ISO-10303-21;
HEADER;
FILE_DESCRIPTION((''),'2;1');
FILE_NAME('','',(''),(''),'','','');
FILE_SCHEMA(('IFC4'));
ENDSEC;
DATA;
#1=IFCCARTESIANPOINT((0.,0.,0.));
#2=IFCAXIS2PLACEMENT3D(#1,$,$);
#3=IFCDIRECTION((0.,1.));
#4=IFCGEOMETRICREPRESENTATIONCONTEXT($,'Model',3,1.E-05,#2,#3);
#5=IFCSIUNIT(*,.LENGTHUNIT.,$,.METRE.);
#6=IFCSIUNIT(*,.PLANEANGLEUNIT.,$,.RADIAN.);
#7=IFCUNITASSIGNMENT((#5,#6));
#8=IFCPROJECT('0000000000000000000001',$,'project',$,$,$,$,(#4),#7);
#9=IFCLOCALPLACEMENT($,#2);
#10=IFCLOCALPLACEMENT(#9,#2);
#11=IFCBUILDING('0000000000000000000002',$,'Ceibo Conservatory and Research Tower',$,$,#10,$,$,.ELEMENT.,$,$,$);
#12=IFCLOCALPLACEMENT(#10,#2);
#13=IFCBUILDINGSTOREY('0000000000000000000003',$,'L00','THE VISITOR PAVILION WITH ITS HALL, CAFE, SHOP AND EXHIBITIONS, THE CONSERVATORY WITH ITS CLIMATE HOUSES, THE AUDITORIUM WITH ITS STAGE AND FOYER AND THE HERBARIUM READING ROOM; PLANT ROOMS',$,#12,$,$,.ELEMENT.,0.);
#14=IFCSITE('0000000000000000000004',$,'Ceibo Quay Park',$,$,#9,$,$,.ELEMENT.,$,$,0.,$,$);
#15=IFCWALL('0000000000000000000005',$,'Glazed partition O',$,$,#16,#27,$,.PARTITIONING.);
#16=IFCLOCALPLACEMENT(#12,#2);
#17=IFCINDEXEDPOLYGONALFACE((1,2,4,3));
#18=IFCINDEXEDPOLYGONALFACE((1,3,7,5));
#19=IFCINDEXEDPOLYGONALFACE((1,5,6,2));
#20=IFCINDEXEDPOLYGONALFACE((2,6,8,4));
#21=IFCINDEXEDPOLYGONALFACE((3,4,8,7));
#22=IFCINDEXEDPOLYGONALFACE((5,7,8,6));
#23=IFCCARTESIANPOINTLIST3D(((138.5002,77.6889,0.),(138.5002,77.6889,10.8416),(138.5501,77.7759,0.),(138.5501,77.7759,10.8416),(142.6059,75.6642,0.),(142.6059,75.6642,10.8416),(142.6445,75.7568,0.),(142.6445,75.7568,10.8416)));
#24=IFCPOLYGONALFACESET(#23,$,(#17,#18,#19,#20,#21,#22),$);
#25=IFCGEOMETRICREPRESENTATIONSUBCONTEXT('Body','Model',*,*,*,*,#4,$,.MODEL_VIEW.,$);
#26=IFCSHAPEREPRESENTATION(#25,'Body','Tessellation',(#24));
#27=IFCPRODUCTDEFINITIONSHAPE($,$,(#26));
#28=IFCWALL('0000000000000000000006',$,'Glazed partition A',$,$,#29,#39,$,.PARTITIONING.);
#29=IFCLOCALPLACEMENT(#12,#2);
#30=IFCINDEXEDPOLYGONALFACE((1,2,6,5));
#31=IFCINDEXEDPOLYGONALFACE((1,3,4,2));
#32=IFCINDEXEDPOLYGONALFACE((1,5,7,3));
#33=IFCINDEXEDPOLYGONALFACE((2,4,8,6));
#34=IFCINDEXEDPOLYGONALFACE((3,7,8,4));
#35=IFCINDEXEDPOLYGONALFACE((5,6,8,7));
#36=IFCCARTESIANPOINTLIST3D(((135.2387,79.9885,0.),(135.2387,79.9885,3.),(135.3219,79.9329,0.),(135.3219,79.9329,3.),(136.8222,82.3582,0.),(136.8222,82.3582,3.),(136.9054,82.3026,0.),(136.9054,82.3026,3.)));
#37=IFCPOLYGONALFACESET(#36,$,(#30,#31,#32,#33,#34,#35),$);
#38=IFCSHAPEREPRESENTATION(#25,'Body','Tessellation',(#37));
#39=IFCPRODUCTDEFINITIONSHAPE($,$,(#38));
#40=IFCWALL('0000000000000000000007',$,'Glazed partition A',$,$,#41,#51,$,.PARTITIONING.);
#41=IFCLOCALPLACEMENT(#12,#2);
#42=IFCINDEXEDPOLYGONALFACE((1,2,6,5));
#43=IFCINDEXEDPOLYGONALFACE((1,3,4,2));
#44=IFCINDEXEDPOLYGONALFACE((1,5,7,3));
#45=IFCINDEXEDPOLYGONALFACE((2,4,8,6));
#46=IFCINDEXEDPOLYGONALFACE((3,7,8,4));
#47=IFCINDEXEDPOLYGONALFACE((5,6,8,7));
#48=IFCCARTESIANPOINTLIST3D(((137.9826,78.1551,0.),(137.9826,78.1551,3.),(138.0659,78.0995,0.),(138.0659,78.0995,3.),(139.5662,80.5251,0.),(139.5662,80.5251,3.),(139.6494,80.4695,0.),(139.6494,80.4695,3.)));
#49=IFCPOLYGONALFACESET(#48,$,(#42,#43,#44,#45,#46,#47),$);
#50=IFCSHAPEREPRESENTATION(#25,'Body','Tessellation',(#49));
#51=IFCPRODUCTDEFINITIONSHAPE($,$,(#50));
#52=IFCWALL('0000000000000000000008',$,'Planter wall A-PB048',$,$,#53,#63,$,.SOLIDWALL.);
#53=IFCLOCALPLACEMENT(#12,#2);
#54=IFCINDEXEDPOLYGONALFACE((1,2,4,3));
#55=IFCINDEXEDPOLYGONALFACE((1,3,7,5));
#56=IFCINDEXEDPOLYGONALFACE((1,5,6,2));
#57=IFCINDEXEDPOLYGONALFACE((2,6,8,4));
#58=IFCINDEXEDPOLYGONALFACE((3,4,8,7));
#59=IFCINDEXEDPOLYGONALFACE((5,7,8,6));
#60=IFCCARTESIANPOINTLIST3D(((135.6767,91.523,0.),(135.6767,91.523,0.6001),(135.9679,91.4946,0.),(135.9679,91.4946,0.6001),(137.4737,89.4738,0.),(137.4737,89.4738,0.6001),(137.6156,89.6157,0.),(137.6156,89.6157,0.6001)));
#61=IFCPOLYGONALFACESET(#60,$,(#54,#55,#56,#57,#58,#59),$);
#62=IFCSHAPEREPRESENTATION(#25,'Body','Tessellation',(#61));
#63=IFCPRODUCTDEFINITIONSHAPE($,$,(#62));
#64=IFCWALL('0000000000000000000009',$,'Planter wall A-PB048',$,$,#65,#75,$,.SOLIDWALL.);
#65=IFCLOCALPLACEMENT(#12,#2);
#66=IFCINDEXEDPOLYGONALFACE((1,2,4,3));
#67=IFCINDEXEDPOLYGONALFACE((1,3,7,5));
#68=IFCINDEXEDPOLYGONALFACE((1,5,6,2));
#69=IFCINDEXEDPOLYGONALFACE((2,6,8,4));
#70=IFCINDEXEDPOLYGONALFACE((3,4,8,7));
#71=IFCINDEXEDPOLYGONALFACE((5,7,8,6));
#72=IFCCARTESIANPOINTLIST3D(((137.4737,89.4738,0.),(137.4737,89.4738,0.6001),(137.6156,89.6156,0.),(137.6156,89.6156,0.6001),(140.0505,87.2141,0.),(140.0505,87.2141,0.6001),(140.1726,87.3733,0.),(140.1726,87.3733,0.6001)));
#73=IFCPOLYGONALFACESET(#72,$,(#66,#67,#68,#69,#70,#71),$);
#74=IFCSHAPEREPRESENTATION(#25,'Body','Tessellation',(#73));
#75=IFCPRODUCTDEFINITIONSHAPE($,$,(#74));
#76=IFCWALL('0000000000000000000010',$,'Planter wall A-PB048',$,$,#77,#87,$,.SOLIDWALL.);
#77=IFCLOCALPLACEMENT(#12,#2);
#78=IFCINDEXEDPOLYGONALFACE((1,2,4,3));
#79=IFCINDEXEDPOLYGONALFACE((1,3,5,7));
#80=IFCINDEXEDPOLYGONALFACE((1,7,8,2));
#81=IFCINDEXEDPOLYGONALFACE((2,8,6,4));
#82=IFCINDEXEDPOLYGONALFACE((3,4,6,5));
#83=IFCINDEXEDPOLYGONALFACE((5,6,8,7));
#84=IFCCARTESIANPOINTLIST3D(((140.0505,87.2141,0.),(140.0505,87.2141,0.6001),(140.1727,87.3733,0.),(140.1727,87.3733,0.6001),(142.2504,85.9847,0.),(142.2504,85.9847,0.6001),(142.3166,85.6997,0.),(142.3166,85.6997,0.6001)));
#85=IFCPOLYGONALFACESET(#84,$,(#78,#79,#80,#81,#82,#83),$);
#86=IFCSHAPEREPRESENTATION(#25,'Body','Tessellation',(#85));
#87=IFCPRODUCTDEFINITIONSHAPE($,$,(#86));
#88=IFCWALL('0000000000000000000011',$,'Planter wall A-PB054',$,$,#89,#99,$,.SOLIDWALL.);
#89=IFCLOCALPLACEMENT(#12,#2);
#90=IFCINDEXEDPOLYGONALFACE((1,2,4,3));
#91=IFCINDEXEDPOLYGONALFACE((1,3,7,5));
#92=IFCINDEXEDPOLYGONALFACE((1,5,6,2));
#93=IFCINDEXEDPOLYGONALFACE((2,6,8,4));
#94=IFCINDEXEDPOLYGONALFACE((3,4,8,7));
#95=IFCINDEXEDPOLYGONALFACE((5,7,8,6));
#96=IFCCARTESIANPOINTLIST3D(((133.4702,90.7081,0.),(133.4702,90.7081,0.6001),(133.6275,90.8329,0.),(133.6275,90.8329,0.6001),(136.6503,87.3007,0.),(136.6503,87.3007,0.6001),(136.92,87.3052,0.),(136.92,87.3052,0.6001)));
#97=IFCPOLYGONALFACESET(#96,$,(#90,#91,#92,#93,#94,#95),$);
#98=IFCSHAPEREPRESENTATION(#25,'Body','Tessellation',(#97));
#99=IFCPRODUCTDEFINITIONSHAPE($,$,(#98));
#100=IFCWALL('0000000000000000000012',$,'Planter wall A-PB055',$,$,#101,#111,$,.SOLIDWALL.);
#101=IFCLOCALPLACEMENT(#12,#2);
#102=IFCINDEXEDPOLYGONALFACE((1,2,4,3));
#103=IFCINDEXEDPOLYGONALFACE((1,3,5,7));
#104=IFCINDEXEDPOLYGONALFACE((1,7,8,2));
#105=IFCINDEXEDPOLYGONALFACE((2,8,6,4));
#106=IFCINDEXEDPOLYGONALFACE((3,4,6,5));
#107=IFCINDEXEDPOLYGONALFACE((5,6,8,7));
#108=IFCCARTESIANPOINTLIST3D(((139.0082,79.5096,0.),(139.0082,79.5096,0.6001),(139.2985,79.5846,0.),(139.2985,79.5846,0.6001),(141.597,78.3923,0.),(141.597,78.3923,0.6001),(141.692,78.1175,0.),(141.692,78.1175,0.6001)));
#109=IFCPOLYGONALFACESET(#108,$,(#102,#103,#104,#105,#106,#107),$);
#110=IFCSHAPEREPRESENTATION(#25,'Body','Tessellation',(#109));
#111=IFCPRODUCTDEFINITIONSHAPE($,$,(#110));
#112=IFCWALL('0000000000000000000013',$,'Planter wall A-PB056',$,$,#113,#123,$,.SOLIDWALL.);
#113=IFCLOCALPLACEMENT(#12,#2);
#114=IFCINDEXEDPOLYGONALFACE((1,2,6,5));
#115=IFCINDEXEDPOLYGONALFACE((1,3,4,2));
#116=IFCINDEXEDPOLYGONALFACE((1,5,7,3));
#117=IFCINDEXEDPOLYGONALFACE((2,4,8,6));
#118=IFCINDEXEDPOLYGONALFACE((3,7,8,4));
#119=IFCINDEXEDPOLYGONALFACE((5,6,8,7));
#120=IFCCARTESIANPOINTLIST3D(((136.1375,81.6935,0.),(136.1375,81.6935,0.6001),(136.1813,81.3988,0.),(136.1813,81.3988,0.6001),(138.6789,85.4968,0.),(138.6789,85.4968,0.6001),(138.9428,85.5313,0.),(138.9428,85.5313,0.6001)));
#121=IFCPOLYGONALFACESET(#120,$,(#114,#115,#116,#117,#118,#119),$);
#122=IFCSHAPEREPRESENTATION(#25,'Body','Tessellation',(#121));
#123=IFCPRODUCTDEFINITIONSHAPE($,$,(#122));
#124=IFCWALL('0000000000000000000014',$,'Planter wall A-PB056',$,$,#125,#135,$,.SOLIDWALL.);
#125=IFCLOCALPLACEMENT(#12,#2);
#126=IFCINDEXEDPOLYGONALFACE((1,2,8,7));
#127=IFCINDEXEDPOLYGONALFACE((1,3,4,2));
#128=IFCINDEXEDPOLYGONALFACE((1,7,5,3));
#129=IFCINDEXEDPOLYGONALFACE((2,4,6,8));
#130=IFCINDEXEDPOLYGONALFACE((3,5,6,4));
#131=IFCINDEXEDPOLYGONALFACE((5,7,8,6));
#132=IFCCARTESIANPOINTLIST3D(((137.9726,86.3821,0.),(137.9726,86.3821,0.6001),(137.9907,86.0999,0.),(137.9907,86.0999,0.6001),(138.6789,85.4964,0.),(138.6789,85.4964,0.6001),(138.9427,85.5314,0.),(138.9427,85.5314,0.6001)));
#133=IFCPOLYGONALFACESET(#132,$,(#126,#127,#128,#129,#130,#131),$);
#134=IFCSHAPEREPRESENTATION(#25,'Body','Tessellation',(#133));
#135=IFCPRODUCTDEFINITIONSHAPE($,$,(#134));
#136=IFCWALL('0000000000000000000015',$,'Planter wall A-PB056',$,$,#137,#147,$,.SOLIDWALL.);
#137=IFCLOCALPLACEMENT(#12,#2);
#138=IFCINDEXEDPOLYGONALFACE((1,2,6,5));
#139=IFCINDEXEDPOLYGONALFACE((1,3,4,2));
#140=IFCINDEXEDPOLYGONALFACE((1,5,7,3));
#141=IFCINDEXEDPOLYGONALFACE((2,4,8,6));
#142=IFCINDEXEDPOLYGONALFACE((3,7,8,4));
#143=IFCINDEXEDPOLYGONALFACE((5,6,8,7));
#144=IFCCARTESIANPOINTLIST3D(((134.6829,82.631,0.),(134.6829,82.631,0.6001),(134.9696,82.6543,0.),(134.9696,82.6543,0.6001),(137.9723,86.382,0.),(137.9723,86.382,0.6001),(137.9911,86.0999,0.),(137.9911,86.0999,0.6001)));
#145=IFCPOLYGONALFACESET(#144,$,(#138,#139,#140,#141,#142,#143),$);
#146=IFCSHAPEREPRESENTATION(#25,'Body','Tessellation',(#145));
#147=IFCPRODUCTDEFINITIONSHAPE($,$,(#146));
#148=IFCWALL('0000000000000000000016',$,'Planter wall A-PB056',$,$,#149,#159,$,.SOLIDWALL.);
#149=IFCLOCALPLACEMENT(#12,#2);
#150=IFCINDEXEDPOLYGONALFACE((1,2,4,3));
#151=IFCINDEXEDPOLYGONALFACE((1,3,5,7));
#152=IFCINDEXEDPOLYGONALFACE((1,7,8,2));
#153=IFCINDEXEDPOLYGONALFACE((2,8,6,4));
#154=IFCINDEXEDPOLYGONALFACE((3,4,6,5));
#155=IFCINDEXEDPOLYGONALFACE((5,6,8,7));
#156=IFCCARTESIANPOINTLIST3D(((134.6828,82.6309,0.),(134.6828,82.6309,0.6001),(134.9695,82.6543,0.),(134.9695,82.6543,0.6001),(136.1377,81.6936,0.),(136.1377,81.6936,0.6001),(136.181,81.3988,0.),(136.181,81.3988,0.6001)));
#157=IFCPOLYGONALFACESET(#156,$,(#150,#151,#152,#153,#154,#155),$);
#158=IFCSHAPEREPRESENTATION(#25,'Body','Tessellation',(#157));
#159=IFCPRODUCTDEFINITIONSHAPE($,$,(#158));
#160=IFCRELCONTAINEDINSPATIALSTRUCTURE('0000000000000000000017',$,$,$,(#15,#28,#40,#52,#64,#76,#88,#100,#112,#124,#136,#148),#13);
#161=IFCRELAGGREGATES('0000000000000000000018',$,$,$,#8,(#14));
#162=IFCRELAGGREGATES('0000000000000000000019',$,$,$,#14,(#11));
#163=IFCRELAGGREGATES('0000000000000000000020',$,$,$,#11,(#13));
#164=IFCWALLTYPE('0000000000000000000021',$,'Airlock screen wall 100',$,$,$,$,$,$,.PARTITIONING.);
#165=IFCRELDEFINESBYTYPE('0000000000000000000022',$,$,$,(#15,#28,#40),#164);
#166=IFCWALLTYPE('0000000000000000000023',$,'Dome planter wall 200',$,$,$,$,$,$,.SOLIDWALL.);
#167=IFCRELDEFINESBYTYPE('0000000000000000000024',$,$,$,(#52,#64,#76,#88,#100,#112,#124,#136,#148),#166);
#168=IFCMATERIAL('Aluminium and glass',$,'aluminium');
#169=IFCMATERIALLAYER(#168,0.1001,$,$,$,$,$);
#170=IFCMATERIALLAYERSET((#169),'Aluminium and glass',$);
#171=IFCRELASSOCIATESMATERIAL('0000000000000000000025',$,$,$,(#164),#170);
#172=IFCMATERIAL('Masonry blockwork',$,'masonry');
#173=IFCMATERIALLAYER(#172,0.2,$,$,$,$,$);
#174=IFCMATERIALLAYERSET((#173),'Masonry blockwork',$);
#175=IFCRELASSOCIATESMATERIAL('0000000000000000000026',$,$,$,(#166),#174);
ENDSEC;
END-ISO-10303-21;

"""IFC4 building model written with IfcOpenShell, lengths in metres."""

from ifc_helpers import new_model, si_unit, direction, frame, frame_2d, origin, place, context, subcontext, project, spatial, polyline, rectangle, outline, extrude, material, layer, layer_set, type_object, element, save


model = new_model("IFC4")

# Units and contexts
model_context = context("Model", 3, precision=1e-05, world=origin(), true_north=direction((0.0, 1.0)))
body_context = subcontext(model_context, "Body", "Model", "MODEL_VIEW")
ifc_project = project(units=[si_unit("LENGTHUNIT", "METRE"), si_unit("PLANEANGLEUNIT", "RADIAN")], contexts=[model_context])

# Site, building, storey
site_placement = place(None, origin())
site = spatial("IfcSite", under=ifc_project, at=site_placement, Name="Ceibo Quay Park", CompositionType="ELEMENT", RefElevation=0.0)
building_placement = place(site_placement, origin())
building = spatial("IfcBuilding", under=site, at=building_placement, Name="Ceibo Conservatory and Research Tower", CompositionType="ELEMENT")
storey_placement = place(building_placement, origin())
storey = spatial("IfcBuildingStorey", under=building, at=storey_placement, Name="L00", Description="THE VISITOR PAVILION WITH ITS HALL, CAFE, SHOP AND EXHIBITIONS, THE CONSERVATORY WITH ITS CLIMATE HOUSES, THE AUDITORIUM WITH ITS STAGE AND FOYER AND THE HERBARIUM READING ROOM; PLANT ROOMS", CompositionType="ELEMENT", Elevation=0.0)

# Shared definitions
ifc_material_1 = material(Name="Aluminium and glass", Category="aluminium")
ifc_layer_1 = layer(ifc_material_1, 0.1001)
ifc_layer_set_1 = layer_set([ifc_layer_1], Name="Aluminium and glass")
wall_type_1 = type_object("IfcWallType", Name="Airlock screen wall 100", PredefinedType="PARTITIONING", material=ifc_layer_set_1)

# Walls
wall_1_placement = place(storey_placement, frame((138.5251, 77.7324, 0.0), z_axis=(0.0, 0.0, 1.0), x_axis=(0.89687, -0.442294, 0.0)))
element("IfcWall", 1, at=wall_1_placement, inside=storey, type_object=wall_type_1, Name="Glazed partition O", PredefinedType="PARTITIONING", context=body_context, shape_type="SweptSolid", body=[
    extrude(outline(polyline([(-0.0032, -0.05), (4.5747, -0.05), (4.5684, 0.05), (0.0032, 0.05), (-0.0032, -0.05)])), origin(), (0.0, 0.0, 1.0), 10.8416),
])
wall_2_placement = place(storey_placement, frame((135.2803, 79.9607, 0.0), z_axis=(0.0, 0.0, 1.0), x_axis=(0.555609, 0.831444, 0.0)))
element("IfcWall", 2, at=wall_2_placement, inside=storey, type_object=wall_type_1, Name="Glazed partition A", PredefinedType="PARTITIONING", context=body_context, shape_type="SweptSolid", body=[
    extrude(rectangle(XDim=2.8501, YDim=0.1001, at=frame_2d((1.425, 0.0))), origin(), (0.0, 0.0, 1.0), 3.0),
])
wall_3_placement = place(storey_placement, frame((138.0242, 78.1272, 0.0), z_axis=(0.0, 0.0, 1.0), x_axis=(0.55557, 0.83147, 0.0)))
element("IfcWall", 3, at=wall_3_placement, inside=storey, type_object=wall_type_1, Name="Glazed partition A", PredefinedType="PARTITIONING", context=body_context, shape_type="SweptSolid", body=[
    extrude(rectangle(XDim=2.8503, YDim=0.1001, at=frame_2d((1.4253, 0.0))), origin(), (0.0, 0.0, 1.0), 3.0),
])

# Walls
ifc_material_2 = material(Name="Masonry blockwork", Category="masonry")
ifc_layer_2 = layer(ifc_material_2, 0.2)
ifc_layer_set_2 = layer_set([ifc_layer_2], Name="Masonry blockwork")
wall_type_2 = type_object("IfcWallType", Name="Dome planter wall 200", PredefinedType="SOLIDWALL", material=ifc_layer_set_2)
wall_4_placement = place(storey_placement, frame((135.8223, 91.5088, 0.0), z_axis=(0.0, 0.0, 1.0), x_axis=(0.659331, -0.751853, 0.0)))
element("IfcWall", 4, at=wall_4_placement, inside=storey, type_object=wall_type_2, Name="Planter wall A-PB048", PredefinedType="SOLIDWALL", context=body_context, shape_type="SweptSolid", body=[
    extrude(outline(polyline([(-0.1067, -0.1001), (2.6189, -0.1001), (2.6057, 0.1001), (0.1067, 0.1001), (-0.1067, -0.1001)])), origin(), (0.0, 0.0, 1.0), 0.6001),
])
wall_5_placement = place(storey_placement, frame((137.5447, 89.5447, 0.0), z_axis=(0.0, 0.0, 1.0), x_axis=(0.751859, -0.659324, 0.0)))
element("IfcWall", 5, at=wall_5_placement, inside=storey, type_object=wall_type_2, Name="Planter wall A-PB048", PredefinedType="SOLIDWALL", context=body_context, shape_type="SweptSolid", body=[
    extrude(outline(polyline([(-0.0066, -0.1001), (3.4207, -0.1001), (3.4075, 0.1001), (0.0066, 0.1001), (-0.0066, -0.1001)])), origin(), (0.0, 0.0, 1.0), 0.6001),
])
wall_6_placement = place(storey_placement, frame((140.1116, 87.2937, 0.0), z_axis=(0.0, 0.0, 1.0), x_axis=(0.831431, -0.555627, 0.0)))
element("IfcWall", 6, at=wall_6_placement, inside=storey, type_object=wall_type_2, Name="Planter wall A-PB048", PredefinedType="SOLIDWALL", context=body_context, shape_type="SweptSolid", body=[
    extrude(outline(polyline([(-0.0066, -0.1001), (2.719, -0.1001), (2.5056, 0.1001), (0.0066, 0.1001), (-0.0066, -0.1001)])), origin(), (0.0, 0.0, 1.0), 0.6001),
])
wall_7_placement = place(storey_placement, frame((136.7852, 87.303, 0.0), z_axis=(0.0, 0.0, 1.0), x_axis=(-0.682315, 0.731059, 0.0)))
element("IfcWall", 7, at=wall_7_placement, inside=storey, type_object=wall_type_2, Name="Planter wall A-PB054", PredefinedType="SOLIDWALL", context=body_context, shape_type="SweptSolid", body=[
    extrude(outline(polyline([(-0.0903, -0.1001), (4.7351, -0.1001), (4.7512, 0.1001), (0.0903, 0.1001), (-0.0903, -0.1001)])), origin(), (0.0, 0.0, 1.0), 0.6001),
])
wall_8_placement = place(storey_placement, frame((139.1533, 79.5471, 0.0), z_axis=(0.0, 0.0, 1.0), x_axis=(0.887682, -0.460457, 0.0)))
element("IfcWall", 8, at=wall_8_placement, inside=storey, type_object=wall_type_2, Name="Planter wall A-PB055", PredefinedType="SOLIDWALL", context=body_context, shape_type="SweptSolid", body=[
    extrude(outline(polyline([(-0.1116, -0.1001), (2.9119, -0.1001), (2.7009, 0.1001), (0.1116, 0.1001), (-0.1116, -0.1001)])), origin(), (0.0, 0.0, 1.0), 0.6001),
])
wall_9_placement = place(storey_placement, frame((136.1594, 81.5461, 0.0), z_axis=(0.0, 0.0, 1.0), x_axis=(0.555597, 0.831452, 0.0)))
element("IfcWall", 9, at=wall_9_placement, inside=storey, type_object=wall_type_2, Name="Planter wall A-PB056", PredefinedType="SOLIDWALL", context=body_context, shape_type="SweptSolid", body=[
    extrude(outline(polyline([(-0.1104, -0.1001), (4.8599, -0.1001), (4.6846, 0.1001), (0.1104, 0.1001), (-0.1104, -0.1001)])), origin(), (0.0, 0.0, 1.0), 0.6001),
])
wall_10_placement = place(storey_placement, frame((138.8108, 85.5139, 0.0), z_axis=(0.0, 0.0, 1.0), x_axis=(-0.751863, 0.659319, 0.0)))
element("IfcWall", 10, at=wall_10_placement, inside=storey, type_object=wall_type_2, Name="Planter wall A-PB056", PredefinedType="SOLIDWALL", context=body_context, shape_type="SweptSolid", body=[
    extrude(outline(polyline([(-0.0876, -0.1001), (1.2026, -0.1001), (1.0029, 0.1001), (0.0876, 0.1001), (-0.0876, -0.1001)])), origin(), (0.0, 0.0, 1.0), 0.6001),
])
wall_11_placement = place(storey_placement, frame((137.9817, 86.241, 0.0), z_axis=(0.0, 0.0, 1.0), x_axis=(-0.659324, -0.751859, 0.0)))
element("IfcWall", 11, at=wall_11_placement, inside=storey, type_object=wall_type_2, Name="Planter wall A-PB056", PredefinedType="SOLIDWALL", context=body_context, shape_type="SweptSolid", body=[
    extrude(outline(polyline([(-0.0999, -0.1001), (4.8892, -0.1001), (4.6826, 0.1001), (0.0999, 0.1001), (-0.0999, -0.1001)])), origin(), (0.0, 0.0, 1.0), 0.6001),
])
wall_12_placement = place(storey_placement, frame((134.8262, 82.6426, 0.0), z_axis=(0.0, 0.0, 1.0), x_axis=(0.772367, -0.635177, 0.0)))
element("IfcWall", 12, at=wall_12_placement, inside=storey, type_object=wall_type_2, Name="Planter wall A-PB056", PredefinedType="SOLIDWALL", context=body_context, shape_type="SweptSolid", body=[
    extrude(outline(polyline([(-0.1033, -0.1001), (1.8364, -0.1001), (1.6157, 0.1001), (0.1033, 0.1001), (-0.1033, -0.1001)])), origin(), (0.0, 0.0, 1.0), 0.6001),
])

save(model, "model.ifc")
